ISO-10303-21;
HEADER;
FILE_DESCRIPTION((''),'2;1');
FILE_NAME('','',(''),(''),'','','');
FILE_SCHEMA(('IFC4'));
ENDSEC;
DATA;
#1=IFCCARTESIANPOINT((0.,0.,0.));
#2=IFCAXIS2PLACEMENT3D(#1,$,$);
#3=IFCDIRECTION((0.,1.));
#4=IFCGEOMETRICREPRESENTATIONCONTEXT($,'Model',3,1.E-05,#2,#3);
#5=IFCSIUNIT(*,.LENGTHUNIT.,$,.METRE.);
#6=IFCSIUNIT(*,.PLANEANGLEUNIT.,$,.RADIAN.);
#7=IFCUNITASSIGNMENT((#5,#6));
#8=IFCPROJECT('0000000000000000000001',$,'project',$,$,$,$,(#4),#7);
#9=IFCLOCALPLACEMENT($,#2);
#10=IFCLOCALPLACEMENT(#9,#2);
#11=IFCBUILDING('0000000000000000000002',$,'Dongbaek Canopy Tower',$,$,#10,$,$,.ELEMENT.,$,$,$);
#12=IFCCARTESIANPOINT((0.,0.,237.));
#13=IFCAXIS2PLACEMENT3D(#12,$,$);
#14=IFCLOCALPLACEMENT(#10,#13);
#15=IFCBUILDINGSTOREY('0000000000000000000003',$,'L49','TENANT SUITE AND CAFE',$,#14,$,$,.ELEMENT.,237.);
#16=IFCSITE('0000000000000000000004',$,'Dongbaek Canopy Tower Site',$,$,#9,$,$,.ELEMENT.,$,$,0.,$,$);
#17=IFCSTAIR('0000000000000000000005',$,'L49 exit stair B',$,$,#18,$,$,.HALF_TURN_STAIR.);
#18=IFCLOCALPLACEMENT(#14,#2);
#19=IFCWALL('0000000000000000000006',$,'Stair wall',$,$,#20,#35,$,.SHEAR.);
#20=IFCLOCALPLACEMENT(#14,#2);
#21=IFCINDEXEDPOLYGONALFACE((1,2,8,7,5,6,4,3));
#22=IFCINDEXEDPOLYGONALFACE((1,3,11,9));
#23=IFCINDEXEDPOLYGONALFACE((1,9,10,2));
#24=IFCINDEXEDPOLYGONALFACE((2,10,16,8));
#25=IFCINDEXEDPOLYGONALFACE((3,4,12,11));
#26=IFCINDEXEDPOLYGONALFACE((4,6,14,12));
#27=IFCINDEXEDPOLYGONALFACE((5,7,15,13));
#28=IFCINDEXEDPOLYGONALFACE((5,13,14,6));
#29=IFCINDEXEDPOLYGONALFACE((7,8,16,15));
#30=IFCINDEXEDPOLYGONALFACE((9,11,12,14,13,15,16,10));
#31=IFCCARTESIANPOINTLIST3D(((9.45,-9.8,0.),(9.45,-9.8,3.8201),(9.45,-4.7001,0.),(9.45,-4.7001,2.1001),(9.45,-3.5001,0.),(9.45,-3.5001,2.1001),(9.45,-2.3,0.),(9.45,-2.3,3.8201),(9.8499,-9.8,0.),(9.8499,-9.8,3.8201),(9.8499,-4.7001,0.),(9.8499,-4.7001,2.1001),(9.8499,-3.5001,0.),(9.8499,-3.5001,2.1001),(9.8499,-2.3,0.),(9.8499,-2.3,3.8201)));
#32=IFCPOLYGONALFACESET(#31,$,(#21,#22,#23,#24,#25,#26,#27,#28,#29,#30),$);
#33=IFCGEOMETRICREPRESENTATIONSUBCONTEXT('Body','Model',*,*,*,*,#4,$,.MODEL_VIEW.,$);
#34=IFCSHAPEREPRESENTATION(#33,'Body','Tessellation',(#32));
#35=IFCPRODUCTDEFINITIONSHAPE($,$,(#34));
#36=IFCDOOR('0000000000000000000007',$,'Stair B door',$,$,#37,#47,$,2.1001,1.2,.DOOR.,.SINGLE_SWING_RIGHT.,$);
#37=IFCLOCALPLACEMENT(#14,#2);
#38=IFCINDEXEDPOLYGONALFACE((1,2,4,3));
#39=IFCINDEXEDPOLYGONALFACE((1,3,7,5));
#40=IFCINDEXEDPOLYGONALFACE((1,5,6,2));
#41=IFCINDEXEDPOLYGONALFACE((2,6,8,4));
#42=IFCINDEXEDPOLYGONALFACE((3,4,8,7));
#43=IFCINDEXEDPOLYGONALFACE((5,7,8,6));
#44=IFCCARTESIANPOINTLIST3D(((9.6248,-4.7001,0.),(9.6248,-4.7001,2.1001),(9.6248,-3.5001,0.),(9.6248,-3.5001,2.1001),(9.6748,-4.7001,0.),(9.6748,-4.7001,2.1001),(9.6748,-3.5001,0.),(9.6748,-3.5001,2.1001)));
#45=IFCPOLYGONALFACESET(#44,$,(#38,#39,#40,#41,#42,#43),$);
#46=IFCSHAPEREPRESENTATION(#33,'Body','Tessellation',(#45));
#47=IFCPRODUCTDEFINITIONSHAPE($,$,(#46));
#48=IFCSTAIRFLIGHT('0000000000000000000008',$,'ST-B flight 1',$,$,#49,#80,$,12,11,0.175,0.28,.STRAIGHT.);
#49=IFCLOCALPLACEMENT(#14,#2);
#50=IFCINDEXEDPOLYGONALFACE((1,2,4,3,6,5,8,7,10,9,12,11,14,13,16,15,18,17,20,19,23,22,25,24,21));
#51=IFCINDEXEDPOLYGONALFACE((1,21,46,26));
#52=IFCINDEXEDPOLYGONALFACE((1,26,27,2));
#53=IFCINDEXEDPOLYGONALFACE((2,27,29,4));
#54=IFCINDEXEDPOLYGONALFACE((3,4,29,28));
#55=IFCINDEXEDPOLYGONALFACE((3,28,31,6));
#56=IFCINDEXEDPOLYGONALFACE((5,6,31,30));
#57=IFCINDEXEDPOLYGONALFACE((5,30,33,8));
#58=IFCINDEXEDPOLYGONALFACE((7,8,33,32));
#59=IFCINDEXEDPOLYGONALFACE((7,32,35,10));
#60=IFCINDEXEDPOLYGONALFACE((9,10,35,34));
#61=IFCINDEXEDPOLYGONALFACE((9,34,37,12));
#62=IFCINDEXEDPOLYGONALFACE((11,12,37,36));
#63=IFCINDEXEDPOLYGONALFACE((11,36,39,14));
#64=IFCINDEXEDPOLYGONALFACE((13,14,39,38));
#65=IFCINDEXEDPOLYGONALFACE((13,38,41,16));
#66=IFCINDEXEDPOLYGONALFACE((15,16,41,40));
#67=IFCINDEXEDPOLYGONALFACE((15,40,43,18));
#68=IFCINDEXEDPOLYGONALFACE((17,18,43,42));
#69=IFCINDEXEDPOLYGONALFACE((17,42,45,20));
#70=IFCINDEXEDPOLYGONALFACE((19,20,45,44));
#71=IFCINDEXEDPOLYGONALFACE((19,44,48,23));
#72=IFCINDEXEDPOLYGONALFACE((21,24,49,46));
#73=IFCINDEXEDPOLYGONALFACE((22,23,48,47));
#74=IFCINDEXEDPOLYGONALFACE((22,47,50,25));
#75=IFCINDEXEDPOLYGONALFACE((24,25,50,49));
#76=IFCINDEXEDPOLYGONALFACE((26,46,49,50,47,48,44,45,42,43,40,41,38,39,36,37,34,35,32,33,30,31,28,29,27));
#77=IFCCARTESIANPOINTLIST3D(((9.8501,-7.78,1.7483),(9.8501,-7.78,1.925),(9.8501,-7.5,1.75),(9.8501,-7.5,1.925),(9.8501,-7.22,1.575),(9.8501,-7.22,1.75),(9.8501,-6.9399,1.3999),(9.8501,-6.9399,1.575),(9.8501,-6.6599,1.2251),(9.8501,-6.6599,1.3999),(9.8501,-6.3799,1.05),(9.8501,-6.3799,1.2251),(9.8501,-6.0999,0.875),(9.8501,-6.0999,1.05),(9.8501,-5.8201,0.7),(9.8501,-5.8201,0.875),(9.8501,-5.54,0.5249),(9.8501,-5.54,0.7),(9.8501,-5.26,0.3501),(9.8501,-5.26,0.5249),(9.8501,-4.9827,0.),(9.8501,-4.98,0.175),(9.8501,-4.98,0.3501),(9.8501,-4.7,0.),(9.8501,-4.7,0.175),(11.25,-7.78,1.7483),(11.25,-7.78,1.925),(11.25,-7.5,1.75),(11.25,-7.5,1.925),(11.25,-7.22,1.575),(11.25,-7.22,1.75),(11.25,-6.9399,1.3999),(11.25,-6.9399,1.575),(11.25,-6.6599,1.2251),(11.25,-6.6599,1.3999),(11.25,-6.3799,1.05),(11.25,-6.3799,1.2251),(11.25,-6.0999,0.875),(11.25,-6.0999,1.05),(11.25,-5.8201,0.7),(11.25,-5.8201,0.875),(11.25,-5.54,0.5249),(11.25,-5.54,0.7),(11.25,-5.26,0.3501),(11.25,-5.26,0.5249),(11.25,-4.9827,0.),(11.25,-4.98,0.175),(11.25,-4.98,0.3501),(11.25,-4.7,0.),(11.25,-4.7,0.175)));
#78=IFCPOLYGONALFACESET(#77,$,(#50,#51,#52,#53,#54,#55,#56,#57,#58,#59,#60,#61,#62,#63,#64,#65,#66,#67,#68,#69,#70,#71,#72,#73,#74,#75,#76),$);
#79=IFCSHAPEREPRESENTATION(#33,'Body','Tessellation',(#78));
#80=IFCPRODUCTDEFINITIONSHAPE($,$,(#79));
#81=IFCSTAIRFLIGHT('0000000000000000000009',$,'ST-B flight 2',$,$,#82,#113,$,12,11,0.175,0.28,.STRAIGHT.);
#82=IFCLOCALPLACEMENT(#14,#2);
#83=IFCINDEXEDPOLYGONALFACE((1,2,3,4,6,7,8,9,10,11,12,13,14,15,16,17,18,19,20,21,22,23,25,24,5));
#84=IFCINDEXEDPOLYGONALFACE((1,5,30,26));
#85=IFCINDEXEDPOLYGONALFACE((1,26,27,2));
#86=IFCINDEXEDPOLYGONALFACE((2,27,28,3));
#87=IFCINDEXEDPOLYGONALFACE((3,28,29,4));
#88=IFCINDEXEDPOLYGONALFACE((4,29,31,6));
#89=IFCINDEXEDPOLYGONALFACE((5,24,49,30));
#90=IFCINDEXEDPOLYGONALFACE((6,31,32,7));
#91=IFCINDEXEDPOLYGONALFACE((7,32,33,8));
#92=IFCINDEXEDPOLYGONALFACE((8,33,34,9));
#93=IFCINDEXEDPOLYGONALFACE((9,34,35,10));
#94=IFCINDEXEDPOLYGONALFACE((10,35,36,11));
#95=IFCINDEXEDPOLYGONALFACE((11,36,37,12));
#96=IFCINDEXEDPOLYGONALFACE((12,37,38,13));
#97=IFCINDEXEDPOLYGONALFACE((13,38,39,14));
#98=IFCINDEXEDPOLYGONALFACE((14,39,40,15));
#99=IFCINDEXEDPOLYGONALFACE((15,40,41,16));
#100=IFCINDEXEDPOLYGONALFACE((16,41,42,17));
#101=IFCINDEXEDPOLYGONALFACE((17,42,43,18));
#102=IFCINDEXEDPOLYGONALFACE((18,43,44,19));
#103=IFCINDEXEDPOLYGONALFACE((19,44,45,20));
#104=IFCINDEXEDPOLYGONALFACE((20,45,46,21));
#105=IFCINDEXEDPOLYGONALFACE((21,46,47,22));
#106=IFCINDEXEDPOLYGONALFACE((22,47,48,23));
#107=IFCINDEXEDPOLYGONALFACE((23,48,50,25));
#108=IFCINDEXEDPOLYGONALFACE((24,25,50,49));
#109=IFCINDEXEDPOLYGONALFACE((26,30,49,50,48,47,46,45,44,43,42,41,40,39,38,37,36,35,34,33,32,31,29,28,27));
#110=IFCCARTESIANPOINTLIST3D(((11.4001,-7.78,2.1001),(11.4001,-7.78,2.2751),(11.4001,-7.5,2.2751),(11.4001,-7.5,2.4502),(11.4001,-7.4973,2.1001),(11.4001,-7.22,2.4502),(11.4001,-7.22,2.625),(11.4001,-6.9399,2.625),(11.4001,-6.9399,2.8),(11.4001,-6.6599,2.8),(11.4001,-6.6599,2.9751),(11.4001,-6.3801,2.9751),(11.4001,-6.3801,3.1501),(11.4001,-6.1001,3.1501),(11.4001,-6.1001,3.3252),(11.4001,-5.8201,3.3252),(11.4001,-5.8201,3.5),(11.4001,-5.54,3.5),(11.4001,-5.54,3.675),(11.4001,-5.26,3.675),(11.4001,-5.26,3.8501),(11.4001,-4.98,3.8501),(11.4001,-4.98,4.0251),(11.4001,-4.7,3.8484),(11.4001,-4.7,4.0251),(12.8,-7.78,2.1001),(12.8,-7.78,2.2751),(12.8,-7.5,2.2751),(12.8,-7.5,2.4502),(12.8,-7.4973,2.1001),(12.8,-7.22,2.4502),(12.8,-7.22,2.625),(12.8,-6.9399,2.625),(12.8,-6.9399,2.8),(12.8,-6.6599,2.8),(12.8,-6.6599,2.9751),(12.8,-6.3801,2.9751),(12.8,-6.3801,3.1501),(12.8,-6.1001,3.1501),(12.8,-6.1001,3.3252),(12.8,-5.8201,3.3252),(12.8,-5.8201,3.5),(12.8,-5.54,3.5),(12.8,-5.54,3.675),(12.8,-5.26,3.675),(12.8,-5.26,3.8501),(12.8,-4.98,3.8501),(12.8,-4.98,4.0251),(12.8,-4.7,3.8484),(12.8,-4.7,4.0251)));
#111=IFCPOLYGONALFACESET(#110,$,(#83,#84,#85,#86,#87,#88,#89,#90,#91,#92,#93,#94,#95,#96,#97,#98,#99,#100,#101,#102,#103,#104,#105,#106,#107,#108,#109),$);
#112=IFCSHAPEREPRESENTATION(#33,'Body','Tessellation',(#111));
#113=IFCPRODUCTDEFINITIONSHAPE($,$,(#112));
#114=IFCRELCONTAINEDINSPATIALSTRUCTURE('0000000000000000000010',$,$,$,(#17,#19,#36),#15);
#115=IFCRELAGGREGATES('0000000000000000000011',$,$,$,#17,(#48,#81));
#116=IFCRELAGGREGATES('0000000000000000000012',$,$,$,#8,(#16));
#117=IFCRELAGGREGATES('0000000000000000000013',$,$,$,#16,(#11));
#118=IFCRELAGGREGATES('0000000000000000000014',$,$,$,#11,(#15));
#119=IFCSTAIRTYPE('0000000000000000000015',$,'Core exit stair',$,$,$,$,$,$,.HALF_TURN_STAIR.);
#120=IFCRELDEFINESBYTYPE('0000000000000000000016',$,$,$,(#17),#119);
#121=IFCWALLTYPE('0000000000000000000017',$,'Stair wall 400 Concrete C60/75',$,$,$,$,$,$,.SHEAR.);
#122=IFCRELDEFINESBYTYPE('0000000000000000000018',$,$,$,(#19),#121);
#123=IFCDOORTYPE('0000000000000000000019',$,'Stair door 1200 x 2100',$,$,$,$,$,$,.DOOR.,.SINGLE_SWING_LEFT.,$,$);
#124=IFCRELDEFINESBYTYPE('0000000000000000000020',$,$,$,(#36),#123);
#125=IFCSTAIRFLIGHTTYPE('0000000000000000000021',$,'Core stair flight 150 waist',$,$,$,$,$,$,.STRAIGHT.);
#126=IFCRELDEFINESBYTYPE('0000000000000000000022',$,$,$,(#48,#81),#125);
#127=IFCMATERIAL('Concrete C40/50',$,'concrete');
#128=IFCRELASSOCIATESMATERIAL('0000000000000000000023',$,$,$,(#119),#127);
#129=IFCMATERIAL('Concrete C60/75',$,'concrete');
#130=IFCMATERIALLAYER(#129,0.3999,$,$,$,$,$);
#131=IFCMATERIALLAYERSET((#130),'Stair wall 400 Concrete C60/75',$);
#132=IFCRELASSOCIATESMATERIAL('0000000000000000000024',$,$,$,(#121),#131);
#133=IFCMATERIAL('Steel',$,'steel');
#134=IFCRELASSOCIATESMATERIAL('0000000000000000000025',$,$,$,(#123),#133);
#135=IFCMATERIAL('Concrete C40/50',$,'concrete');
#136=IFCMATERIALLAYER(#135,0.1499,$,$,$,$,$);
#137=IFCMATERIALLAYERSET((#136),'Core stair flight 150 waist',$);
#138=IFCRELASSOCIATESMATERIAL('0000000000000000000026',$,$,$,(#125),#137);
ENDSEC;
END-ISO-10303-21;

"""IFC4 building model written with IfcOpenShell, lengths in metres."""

from ifc_helpers import new_model, si_unit, direction, frame, frame_2d, origin, place, context, subcontext, project, spatial, polyline, rectangle, outline, extrude, material, layer, layer_set, type_object, element, fill, aggregate, save


model = new_model("IFC4")

# Units and contexts
model_context = context("Model", 3, precision=1e-05, world=origin(), true_north=direction((0.0, 1.0)))
body_context = subcontext(model_context, "Body", "Model", "MODEL_VIEW")
ifc_project = project(units=[si_unit("LENGTHUNIT", "METRE"), si_unit("PLANEANGLEUNIT", "RADIAN")], contexts=[model_context])

# Site, building, storey
site_placement = place(None, origin())
site = spatial("IfcSite", under=ifc_project, at=site_placement, Name="Dongbaek Canopy Tower Site", CompositionType="ELEMENT", RefElevation=0.0)
building_placement = place(site_placement, origin())
building = spatial("IfcBuilding", under=site, at=building_placement, Name="Dongbaek Canopy Tower", CompositionType="ELEMENT")
storey_placement = place(building_placement, frame((0.0, 0.0, 237.0)))
storey = spatial("IfcBuildingStorey", under=building, at=storey_placement, Name="L49", Description="TENANT SUITE AND CAFE", CompositionType="ELEMENT", Elevation=237.0)

# Stair
ifc_material_1 = material(Name="Concrete C40/50", Category="concrete")
stair_type = type_object("IfcStairType", Name="Core exit stair", PredefinedType="HALF_TURN_STAIR", material=ifc_material_1)
stair_1_placement = place(storey_placement, origin())
stair_1 = element("IfcStair", 1, at=stair_1_placement, inside=storey, type_object=stair_type, Name="L49 exit stair B", PredefinedType="HALF_TURN_STAIR")

# Wall, opening, door
ifc_material_2 = material(Name="Concrete C60/75", Category="concrete")
ifc_layer_1 = layer(ifc_material_2, 0.3999)
ifc_layer_set_1 = layer_set([ifc_layer_1], Name="Stair wall 400 Concrete C60/75")
wall_type_1 = type_object("IfcWallType", Name="Stair wall 400 Concrete C60/75", PredefinedType="SHEAR", material=ifc_layer_set_1)
wall_1_placement = place(storey_placement, frame((9.6499, -2.3, 0.0), z_axis=(0.0, 0.0, 1.0), x_axis=(0.0, -1.0, 0.0)))
wall_1 = element("IfcWall", 2, at=wall_1_placement, inside=storey, type_object=wall_type_1, Name="Stair wall", PredefinedType="SHEAR", context=body_context, shape_type="SweptSolid", body=[
    extrude(rectangle(XDim=7.5, YDim=0.3999, at=frame_2d((3.75, 0.0))), origin(), (0.0, 0.0, 1.0), 3.8201),
])
opening_1_placement = place(wall_1_placement, frame((1.2, 0.0, 0.0)))
opening_1 = element("IfcOpeningElement", 3, at=opening_1_placement, cuts=wall_1, PredefinedType="OPENING", context=body_context, shape_type="SweptSolid", body=[
    extrude(rectangle(XDim=1.2, YDim=2.1001, at=frame_2d((0.6001, 1.05))), frame((0.0, 0.21, 0.0), z_axis=(0.0, -1.0, 0.0), x_axis=(1.0, 0.0, 0.0)), (0.0, 0.0, 1.0), 0.4199),
])
ifc_material_3 = material(Name="Steel", Category="steel")
door_type_1 = type_object("IfcDoorType", Name="Stair door 1200 x 2100", OperationType="SINGLE_SWING_LEFT", PredefinedType="DOOR", material=ifc_material_3)
door_1_placement = place(opening_1_placement, origin())
door_1 = element("IfcDoor", 4, at=door_1_placement, inside=storey, type_object=door_type_1, Name="Stair B door", OperationType="SINGLE_SWING_RIGHT", OverallHeight=2.1001, OverallWidth=1.2, PredefinedType="DOOR", context=body_context, shape_type="SweptSolid", body=[
    extrude(rectangle(XDim=1.2, YDim=2.1001, at=frame_2d((0.6001, 1.05))), frame((0.0, 0.0249, 0.0), z_axis=(0.0, -1.0, 0.0), x_axis=(1.0, 0.0, 0.0)), (0.0, 0.0, 1.0), 0.05),
])
fill(opening_1, door_1)

# Stair flights
ifc_material_4 = material(Name="Concrete C40/50", Category="concrete")
ifc_layer_2 = layer(ifc_material_4, 0.1499)
ifc_layer_set_2 = layer_set([ifc_layer_2], Name="Core stair flight 150 waist")
stair_flight_type = type_object("IfcStairFlightType", Name="Core stair flight 150 waist", PredefinedType="STRAIGHT", material=ifc_layer_set_2)
stair_flight_1_placement = place(storey_placement, frame((10.55, -4.7, 0.0), z_axis=(0.0, 0.0, 1.0), x_axis=(0.0, -1.0, 0.0)))
stair_flight_1 = element("IfcStairFlight", 5, at=stair_flight_1_placement, type_object=stair_flight_type, Name="ST-B flight 1", NumberOfRisers=12, NumberOfTreads=11, PredefinedType="STRAIGHT", RiserHeight=0.175, TreadLength=0.28, context=body_context, shape_type="SweptSolid", body=[
    extrude(outline(polyline([(0.0, 0.0), (0.0, 0.175), (0.28, 0.175), (0.28, 0.3501), (0.5601, 0.3501), (0.5601, 0.5249), (0.8401, 0.5249), (0.8401, 0.7), (1.1201, 0.7), (1.1201, 0.875), (1.3999, 0.875), (1.3999, 1.05), (1.6799, 1.05), (1.6799, 1.2251), (1.96, 1.2251), (1.96, 1.3999), (2.24, 1.3999), (2.24, 1.575), (2.52, 1.575), (2.52, 1.75), (2.8, 1.75), (2.8, 1.925), (3.0801, 1.925), (3.0801, 2.1001), (3.0801, 1.7483), (0.2827, 0.0), (0.0, 0.0)])), frame((0.0, 0.7, 0.0), z_axis=(0.0, -1.0, 0.0), x_axis=(1.0, 0.0, 0.0)), (0.0, 0.0, 1.0), 1.3999),
])
stair_flight_2_placement = place(storey_placement, frame((12.1001, -7.78, 2.1001), z_axis=(0.0, 0.0, 1.0), x_axis=(0.0, 1.0, 0.0)))
stair_flight_2 = element("IfcStairFlight", 6, at=stair_flight_2_placement, type_object=stair_flight_type, Name="ST-B flight 2", NumberOfRisers=12, NumberOfTreads=11, PredefinedType="STRAIGHT", RiserHeight=0.175, TreadLength=0.28, context=body_context, shape_type="SweptSolid", body=[
    extrude(outline(polyline([(0.0, 0.0), (0.0, 0.175), (0.28, 0.175), (0.28, 0.3501), (0.5601, 0.3501), (0.5601, 0.5249), (0.8401, 0.5249), (0.8401, 0.7), (1.1201, 0.7), (1.1201, 0.875), (1.3999, 0.875), (1.3999, 1.05), (1.6799, 1.05), (1.6799, 1.2251), (1.96, 1.2251), (1.96, 1.3999), (2.24, 1.3999), (2.24, 1.575), (2.52, 1.575), (2.52, 1.75), (2.8, 1.75), (2.8, 1.925), (3.0801, 1.925), (3.0801, 2.1001), (3.0801, 1.7483), (0.2827, 0.0), (0.0, 0.0)])), frame((0.0, 0.7, 0.0), z_axis=(0.0, -1.0, 0.0), x_axis=(1.0, 0.0, 0.0)), (0.0, 0.0, 1.0), 1.3999),
])
aggregate(stair_1, [stair_flight_1, stair_flight_2])

save(model, "model.ifc")
